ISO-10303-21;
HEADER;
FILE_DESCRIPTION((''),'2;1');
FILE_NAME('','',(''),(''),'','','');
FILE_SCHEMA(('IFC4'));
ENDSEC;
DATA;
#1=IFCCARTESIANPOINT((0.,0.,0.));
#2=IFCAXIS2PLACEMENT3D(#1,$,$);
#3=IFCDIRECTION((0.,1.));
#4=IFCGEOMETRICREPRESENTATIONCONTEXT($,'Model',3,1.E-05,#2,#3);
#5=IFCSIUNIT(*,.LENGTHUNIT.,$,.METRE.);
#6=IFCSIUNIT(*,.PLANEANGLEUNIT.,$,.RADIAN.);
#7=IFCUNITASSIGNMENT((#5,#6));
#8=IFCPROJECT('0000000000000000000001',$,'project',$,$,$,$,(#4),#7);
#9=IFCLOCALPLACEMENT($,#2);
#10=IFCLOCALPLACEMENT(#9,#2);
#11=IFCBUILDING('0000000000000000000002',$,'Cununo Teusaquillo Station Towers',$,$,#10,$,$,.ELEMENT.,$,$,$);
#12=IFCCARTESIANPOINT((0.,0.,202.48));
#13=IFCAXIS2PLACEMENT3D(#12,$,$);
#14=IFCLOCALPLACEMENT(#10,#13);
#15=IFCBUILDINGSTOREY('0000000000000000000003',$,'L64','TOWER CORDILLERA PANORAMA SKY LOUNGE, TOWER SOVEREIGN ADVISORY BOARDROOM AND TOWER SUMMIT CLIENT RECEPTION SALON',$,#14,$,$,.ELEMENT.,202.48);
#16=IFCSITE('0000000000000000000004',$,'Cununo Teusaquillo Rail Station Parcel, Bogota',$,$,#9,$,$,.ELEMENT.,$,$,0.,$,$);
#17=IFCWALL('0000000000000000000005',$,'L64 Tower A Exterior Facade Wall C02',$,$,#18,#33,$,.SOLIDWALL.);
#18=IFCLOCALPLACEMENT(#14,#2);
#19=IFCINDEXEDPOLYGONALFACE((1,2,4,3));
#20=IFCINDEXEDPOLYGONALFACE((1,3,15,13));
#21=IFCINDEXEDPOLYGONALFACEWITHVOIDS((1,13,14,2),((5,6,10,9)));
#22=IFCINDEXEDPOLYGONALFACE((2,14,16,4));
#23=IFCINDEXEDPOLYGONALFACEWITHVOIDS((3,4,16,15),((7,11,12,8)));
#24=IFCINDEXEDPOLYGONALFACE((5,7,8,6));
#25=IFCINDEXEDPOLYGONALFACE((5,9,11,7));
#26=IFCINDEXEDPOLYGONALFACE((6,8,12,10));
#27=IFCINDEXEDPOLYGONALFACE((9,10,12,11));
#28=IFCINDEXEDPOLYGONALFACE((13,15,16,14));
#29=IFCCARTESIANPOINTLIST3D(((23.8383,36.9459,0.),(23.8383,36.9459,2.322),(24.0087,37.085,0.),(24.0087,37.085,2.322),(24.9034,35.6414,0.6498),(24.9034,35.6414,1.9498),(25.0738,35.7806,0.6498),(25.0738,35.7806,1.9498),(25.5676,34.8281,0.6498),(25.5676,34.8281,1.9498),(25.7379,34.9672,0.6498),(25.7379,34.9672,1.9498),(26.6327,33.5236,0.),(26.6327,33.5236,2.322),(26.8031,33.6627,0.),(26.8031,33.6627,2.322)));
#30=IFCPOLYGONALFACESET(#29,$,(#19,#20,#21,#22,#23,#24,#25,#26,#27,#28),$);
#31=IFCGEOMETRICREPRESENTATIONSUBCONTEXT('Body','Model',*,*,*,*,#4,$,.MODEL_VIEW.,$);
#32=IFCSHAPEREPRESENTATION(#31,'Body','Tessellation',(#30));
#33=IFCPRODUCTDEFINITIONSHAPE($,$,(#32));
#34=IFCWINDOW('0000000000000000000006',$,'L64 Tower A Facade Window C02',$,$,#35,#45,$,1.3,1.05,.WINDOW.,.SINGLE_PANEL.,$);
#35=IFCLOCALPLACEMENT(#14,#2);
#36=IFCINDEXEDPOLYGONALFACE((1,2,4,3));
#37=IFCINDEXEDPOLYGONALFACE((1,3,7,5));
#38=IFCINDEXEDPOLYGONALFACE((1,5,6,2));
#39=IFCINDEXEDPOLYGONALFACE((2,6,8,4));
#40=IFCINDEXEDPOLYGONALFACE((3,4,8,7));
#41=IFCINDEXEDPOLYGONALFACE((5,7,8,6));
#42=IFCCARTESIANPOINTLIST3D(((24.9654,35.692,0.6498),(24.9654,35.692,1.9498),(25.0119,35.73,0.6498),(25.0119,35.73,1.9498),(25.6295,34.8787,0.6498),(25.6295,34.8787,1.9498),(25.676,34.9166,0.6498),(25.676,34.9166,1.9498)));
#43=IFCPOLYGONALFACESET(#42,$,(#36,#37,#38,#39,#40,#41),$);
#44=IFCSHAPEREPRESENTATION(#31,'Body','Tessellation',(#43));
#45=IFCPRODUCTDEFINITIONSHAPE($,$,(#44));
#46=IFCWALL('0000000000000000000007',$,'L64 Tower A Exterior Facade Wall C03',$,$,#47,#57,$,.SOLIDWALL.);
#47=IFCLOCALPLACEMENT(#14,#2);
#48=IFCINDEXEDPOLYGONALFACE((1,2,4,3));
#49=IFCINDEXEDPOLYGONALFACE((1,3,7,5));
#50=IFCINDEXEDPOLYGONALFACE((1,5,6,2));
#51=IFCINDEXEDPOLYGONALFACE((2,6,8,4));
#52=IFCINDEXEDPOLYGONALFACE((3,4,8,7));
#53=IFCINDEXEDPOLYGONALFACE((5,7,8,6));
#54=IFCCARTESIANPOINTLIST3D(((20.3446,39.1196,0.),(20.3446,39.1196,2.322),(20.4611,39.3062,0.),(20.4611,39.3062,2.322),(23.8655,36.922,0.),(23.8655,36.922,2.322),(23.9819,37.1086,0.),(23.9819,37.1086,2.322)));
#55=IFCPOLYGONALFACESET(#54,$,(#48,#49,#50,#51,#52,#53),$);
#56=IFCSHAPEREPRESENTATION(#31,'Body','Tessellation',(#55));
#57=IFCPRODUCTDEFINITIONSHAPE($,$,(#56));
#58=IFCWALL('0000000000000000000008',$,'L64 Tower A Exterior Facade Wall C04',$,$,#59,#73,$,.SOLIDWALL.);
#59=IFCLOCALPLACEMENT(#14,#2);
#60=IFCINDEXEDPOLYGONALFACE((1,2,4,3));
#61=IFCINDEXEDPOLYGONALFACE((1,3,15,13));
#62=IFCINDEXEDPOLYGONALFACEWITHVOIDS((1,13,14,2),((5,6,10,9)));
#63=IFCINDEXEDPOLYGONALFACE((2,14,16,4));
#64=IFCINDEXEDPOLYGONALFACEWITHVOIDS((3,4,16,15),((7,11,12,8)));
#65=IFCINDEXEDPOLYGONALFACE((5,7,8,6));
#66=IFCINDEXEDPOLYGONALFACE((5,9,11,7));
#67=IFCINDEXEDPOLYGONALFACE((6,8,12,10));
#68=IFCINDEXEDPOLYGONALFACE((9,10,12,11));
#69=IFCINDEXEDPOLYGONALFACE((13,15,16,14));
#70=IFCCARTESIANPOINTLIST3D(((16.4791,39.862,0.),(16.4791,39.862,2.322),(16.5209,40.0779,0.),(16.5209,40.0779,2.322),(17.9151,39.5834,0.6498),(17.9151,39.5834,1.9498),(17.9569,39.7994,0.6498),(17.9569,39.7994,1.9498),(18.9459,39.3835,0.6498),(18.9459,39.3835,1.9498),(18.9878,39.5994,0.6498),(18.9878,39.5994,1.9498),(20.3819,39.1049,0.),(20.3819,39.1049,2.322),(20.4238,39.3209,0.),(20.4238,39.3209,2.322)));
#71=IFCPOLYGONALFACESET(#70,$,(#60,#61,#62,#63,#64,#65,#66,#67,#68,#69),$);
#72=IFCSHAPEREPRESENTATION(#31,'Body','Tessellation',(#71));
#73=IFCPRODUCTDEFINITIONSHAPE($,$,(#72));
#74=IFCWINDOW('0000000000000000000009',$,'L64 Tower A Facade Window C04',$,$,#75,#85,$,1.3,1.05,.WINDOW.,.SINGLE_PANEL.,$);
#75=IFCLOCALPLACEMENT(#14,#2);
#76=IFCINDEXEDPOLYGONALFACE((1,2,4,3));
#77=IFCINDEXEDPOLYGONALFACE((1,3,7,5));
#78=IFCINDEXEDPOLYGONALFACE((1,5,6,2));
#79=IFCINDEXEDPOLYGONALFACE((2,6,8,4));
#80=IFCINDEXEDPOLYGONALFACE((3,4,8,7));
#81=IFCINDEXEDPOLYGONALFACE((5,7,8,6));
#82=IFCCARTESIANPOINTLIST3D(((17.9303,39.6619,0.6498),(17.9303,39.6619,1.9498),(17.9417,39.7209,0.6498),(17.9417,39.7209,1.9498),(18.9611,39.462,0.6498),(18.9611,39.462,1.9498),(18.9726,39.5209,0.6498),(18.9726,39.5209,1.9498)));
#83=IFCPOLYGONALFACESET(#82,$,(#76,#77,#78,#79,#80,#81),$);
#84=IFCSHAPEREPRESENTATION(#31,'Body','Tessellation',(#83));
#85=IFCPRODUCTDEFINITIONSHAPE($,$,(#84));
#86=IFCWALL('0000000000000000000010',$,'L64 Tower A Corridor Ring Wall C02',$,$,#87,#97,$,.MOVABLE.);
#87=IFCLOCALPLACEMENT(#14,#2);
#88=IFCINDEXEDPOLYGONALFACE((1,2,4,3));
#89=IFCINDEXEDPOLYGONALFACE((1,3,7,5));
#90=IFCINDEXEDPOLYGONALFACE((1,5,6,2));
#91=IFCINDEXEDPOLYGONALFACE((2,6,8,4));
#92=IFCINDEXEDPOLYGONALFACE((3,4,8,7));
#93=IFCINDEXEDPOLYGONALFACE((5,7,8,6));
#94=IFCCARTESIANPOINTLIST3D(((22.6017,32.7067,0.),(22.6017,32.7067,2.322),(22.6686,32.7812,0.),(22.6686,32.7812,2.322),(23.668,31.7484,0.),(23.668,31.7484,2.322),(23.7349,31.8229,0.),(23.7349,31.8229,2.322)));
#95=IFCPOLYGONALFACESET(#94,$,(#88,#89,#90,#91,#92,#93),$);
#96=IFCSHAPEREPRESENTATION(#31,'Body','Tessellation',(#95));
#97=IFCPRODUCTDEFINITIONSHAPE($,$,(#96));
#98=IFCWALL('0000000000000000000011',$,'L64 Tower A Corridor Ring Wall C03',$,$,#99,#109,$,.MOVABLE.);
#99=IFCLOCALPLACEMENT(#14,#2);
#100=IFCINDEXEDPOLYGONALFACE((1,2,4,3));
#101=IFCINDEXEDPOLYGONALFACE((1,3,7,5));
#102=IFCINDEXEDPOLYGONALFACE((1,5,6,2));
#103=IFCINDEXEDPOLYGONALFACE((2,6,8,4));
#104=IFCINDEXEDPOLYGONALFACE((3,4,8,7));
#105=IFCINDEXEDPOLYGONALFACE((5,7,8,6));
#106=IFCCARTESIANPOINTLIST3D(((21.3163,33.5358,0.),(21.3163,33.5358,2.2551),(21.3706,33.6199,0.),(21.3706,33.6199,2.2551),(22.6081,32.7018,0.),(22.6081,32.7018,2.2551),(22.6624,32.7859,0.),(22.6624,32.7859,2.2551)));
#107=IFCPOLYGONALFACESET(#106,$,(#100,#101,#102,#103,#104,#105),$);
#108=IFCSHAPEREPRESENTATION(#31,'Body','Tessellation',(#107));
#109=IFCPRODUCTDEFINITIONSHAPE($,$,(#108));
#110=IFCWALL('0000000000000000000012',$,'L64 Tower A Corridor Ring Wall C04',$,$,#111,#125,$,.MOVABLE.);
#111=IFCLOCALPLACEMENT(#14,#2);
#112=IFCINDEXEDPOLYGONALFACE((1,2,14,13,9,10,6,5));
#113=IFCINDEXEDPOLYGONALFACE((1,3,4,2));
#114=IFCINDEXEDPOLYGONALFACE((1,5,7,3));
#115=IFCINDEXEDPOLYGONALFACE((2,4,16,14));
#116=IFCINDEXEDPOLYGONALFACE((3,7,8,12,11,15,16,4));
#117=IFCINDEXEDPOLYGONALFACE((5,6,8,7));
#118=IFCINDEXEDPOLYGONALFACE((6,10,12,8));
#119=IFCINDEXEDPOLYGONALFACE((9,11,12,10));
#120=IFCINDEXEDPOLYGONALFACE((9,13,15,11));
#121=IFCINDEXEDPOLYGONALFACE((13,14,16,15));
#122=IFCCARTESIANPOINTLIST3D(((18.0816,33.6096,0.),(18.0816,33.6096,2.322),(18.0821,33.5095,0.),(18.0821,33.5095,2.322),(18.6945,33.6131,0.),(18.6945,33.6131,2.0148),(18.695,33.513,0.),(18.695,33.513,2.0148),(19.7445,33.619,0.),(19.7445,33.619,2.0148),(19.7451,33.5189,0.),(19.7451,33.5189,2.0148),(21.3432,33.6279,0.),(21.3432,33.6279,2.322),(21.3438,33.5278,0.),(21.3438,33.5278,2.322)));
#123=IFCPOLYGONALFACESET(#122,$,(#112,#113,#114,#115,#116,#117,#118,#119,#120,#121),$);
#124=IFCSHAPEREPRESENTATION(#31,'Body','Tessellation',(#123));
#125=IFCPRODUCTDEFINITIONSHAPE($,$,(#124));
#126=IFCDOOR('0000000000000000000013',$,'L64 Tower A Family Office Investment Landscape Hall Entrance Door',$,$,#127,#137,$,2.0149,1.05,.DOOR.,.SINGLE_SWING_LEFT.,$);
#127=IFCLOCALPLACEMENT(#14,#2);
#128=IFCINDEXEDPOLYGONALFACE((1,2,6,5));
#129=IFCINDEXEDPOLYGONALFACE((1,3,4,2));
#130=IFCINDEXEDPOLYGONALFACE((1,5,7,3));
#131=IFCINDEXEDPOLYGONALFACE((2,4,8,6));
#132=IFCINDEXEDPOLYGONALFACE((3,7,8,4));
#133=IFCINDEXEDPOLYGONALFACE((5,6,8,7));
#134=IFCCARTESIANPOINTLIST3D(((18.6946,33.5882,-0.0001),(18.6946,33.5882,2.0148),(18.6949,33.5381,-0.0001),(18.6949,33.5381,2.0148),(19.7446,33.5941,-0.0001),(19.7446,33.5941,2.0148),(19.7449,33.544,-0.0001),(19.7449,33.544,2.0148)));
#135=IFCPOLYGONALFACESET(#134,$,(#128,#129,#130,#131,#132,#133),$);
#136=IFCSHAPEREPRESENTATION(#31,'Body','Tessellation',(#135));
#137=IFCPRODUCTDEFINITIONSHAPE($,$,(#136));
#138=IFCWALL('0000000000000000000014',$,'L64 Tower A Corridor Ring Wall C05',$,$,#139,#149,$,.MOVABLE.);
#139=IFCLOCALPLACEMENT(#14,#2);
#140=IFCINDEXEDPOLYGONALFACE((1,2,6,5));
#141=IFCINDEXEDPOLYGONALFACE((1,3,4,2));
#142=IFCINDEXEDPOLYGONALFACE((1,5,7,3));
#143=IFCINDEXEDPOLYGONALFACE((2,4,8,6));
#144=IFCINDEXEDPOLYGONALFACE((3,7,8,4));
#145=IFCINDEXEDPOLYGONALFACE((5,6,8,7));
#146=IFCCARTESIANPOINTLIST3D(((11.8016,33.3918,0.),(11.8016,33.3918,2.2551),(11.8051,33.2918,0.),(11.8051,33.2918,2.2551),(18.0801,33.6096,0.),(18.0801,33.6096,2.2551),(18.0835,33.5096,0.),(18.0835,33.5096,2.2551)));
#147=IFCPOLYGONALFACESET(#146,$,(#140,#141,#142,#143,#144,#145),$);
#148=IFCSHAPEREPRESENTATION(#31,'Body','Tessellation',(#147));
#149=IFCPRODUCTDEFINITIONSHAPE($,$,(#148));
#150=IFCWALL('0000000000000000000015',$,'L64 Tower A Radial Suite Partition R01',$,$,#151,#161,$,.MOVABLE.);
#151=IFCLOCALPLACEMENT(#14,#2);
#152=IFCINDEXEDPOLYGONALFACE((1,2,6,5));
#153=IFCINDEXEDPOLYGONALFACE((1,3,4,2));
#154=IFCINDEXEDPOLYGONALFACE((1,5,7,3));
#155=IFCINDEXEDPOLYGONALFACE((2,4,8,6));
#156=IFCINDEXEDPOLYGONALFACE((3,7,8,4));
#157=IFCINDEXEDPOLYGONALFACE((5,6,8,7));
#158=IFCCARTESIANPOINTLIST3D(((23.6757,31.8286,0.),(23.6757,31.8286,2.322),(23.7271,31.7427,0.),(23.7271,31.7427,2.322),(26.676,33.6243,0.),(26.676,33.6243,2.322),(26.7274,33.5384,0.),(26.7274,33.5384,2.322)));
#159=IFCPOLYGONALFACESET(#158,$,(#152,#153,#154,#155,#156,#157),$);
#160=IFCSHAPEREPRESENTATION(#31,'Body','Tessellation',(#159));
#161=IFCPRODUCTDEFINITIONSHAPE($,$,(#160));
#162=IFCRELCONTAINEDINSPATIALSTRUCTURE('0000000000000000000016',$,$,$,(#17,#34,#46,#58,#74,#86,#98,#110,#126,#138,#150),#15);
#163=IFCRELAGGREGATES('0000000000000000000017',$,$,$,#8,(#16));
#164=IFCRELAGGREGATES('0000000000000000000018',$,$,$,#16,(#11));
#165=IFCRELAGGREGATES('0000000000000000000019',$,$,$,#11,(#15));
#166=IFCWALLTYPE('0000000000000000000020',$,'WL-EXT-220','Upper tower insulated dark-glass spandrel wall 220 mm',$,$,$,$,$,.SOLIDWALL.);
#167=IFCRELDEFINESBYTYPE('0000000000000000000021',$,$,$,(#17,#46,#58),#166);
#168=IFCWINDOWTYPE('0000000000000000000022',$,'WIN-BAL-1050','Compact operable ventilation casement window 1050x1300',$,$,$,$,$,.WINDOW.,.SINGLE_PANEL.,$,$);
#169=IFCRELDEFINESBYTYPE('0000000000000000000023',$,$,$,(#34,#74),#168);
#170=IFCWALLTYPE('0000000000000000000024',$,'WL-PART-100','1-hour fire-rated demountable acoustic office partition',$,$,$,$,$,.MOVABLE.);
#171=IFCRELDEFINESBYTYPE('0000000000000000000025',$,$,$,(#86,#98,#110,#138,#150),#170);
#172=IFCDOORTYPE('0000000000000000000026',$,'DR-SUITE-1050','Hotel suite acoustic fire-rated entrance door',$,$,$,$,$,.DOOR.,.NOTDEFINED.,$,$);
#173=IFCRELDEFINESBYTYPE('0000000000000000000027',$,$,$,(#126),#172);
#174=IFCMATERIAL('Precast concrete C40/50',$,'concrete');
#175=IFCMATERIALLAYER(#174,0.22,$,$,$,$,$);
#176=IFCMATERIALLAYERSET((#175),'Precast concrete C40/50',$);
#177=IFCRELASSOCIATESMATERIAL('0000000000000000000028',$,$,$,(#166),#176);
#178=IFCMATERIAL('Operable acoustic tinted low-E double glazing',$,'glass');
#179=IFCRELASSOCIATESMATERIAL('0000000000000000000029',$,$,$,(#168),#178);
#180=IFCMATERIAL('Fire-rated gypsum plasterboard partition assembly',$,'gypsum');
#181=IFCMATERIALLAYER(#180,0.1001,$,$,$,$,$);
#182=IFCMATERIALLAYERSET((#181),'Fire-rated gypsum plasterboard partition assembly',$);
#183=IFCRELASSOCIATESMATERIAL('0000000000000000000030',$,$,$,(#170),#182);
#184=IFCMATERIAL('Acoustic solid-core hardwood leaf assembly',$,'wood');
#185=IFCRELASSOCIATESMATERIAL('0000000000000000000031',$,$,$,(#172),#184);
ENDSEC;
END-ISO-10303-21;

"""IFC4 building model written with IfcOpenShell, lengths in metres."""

from ifc_helpers import new_model, si_unit, direction, frame, frame_2d, origin, place, context, subcontext, project, spatial, rectangle, extrude, source, transform, mapped, material, layer, layer_set, type_object, element, fill, save


model = new_model("IFC4")

# Units and contexts
model_context = context("Model", 3, precision=1e-05, world=origin(), true_north=direction((0.0, 1.0)))
body_context = subcontext(model_context, "Body", "Model", "MODEL_VIEW")
ifc_project = project(units=[si_unit("LENGTHUNIT", "METRE"), si_unit("PLANEANGLEUNIT", "RADIAN")], contexts=[model_context])

# Site, building, storey
site_placement = place(None, origin())
site = spatial("IfcSite", under=ifc_project, at=site_placement, Name="Cununo Teusaquillo Rail Station Parcel, Bogota", CompositionType="ELEMENT", RefElevation=0.0)
building_placement = place(site_placement, origin())
building = spatial("IfcBuilding", under=site, at=building_placement, Name="Cununo Teusaquillo Station Towers", CompositionType="ELEMENT")
storey_placement = place(building_placement, frame((0.0, 0.0, 202.48)))
storey = spatial("IfcBuildingStorey", under=building, at=storey_placement, Name="L64", Description="TOWER CORDILLERA PANORAMA SKY LOUNGE, TOWER SOVEREIGN ADVISORY BOARDROOM AND TOWER SUMMIT CLIENT RECEPTION SALON", CompositionType="ELEMENT", Elevation=202.48)

# Shared definitions
ifc_material_1 = material(Name="Precast concrete C40/50", Category="concrete")
ifc_layer_1 = layer(ifc_material_1, 0.22)
ifc_layer_set_1 = layer_set([ifc_layer_1], Name="Precast concrete C40/50")
wall_type_1 = type_object("IfcWallType", Name="WL-EXT-220", Description="Upper tower insulated dark-glass spandrel wall 220 mm", PredefinedType="SOLIDWALL", material=ifc_layer_set_1)

# Wall, opening, window
wall_1_placement = place(storey_placement, frame((23.9236, 37.0154, 0.0), z_axis=(0.0, 0.0, 1.0), x_axis=(0.632467, -0.774587, 0.0)))
wall_1 = element("IfcWall", 1, at=wall_1_placement, inside=storey, type_object=wall_type_1, Name="L64 Tower A Exterior Facade Wall C02", PredefinedType="SOLIDWALL", context=body_context, shape_type="SweptSolid", body=[
    extrude(rectangle(XDim=4.4182, YDim=0.22, at=frame_2d((2.209, 0.0))), origin(), (0.0, 0.0, 1.0), 2.322),
])
shared_shape_1 = source(origin(), body_context, "Body", "SweptSolid", [
    extrude(rectangle(XDim=1.05, YDim=1.3, at=frame_2d((0.5249, 0.6499))), frame((0.0, 0.1199, 0.0), z_axis=(0.0, -1.0, 0.0), x_axis=(1.0, 0.0, 0.0)), (0.0, 0.0, 1.0), 0.24),
])
opening_1_placement = place(wall_1_placement, frame((1.6841, 0.0, 0.6499)))
opening_1 = element("IfcOpeningElement", 2, at=opening_1_placement, cuts=wall_1, PredefinedType="OPENING", context=body_context, shape_type="MappedRepresentation", body=[
    mapped(shared_shape_1, transform((0.0, 0.0, 0.0), x_axis=(1.0, 0.0, 0.0), y_axis=(0.0, 1.0, 0.0), z_axis=(0.0, 0.0, 1.0), scale=1.0)),
])
ifc_material_2 = material(Name="Operable acoustic tinted low-E double glazing", Category="glass")
window_type = type_object("IfcWindowType", Name="WIN-BAL-1050", Description="Compact operable ventilation casement window 1050x1300", PartitioningType="SINGLE_PANEL", PredefinedType="WINDOW", material=ifc_material_2)
shared_shape_2 = source(origin(), body_context, "Body", "SweptSolid", [
    extrude(rectangle(XDim=1.05, YDim=1.3, at=frame_2d((0.5249, 0.6499))), frame((0.0, 0.03, 0.0), z_axis=(0.0, -1.0, 0.0), x_axis=(1.0, 0.0, 0.0)), (0.0, 0.0, 1.0), 0.0601),
])
window_1_placement = place(opening_1_placement, origin())
window_1 = element("IfcWindow", 3, at=window_1_placement, inside=storey, type_object=window_type, Name="L64 Tower A Facade Window C02", OverallHeight=1.3, OverallWidth=1.05, PartitioningType="SINGLE_PANEL", PredefinedType="WINDOW", context=body_context, shape_type="MappedRepresentation", body=[
    mapped(shared_shape_2, transform((0.0, 0.0, 0.0), x_axis=(1.0, 0.0, 0.0), y_axis=(0.0, 1.0, 0.0), z_axis=(0.0, 0.0, 1.0), scale=1.0)),
])
fill(opening_1, window_1)

# Wall
wall_2_placement = place(storey_placement, frame((20.4028, 39.2129, 0.0), z_axis=(0.0, 0.0, 1.0), x_axis=(0.848319, -0.529486, 0.0)))
element("IfcWall", 4, at=wall_2_placement, inside=storey, type_object=wall_type_1, Name="L64 Tower A Exterior Facade Wall C03", PredefinedType="SOLIDWALL", context=body_context, shape_type="SweptSolid", body=[
    extrude(rectangle(XDim=4.1504, YDim=0.22, at=frame_2d((2.0752, 0.0))), origin(), (0.0, 0.0, 1.0), 2.322),
])

# Wall, opening, window
wall_3_placement = place(storey_placement, frame((16.5, 39.97, 0.0), z_axis=(0.0, 0.0, 1.0), x_axis=(0.9817, -0.190432, 0.0)))
wall_3 = element("IfcWall", 5, at=wall_3_placement, inside=storey, type_object=wall_type_1, Name="L64 Tower A Exterior Facade Wall C04", PredefinedType="SOLIDWALL", context=body_context, shape_type="SweptSolid", body=[
    extrude(rectangle(XDim=3.9756, YDim=0.22, at=frame_2d((1.9878, 0.0))), origin(), (0.0, 0.0, 1.0), 2.322),
])
opening_2_placement = place(wall_3_placement, frame((1.4629, 0.0, 0.6499)))
opening_2 = element("IfcOpeningElement", 6, at=opening_2_placement, cuts=wall_3, PredefinedType="OPENING", context=body_context, shape_type="MappedRepresentation", body=[
    mapped(shared_shape_1, transform((0.0, 0.0, 0.0), x_axis=(1.0, 0.0, 0.0), y_axis=(0.0, 1.0, 0.0), z_axis=(0.0, 0.0, 1.0), scale=1.0)),
])
window_2_placement = place(opening_2_placement, origin())
window_2 = element("IfcWindow", 7, at=window_2_placement, inside=storey, type_object=window_type, Name="L64 Tower A Facade Window C04", OverallHeight=1.3, OverallWidth=1.05, PartitioningType="SINGLE_PANEL", PredefinedType="WINDOW", context=body_context, shape_type="MappedRepresentation", body=[
    mapped(shared_shape_2, transform((0.0, 0.0, 0.0), x_axis=(1.0, 0.0, 0.0), y_axis=(0.0, 1.0, 0.0), z_axis=(0.0, 0.0, 1.0), scale=1.0)),
])
fill(opening_2, window_2)

# Walls
ifc_material_3 = material(Name="Fire-rated gypsum plasterboard partition assembly", Category="gypsum")
ifc_layer_2 = layer(ifc_material_3, 0.1001)
ifc_layer_set_2 = layer_set([ifc_layer_2], Name="Fire-rated gypsum plasterboard partition assembly")
wall_type_2 = type_object("IfcWallType", Name="WL-PART-100", Description="1-hour fire-rated demountable acoustic office partition", PredefinedType="MOVABLE", material=ifc_layer_set_2)
wall_4_placement = place(storey_placement, frame((23.7014, 31.7856, 0.0), z_axis=(0.0, 0.0, 1.0), x_axis=(-0.743743, 0.668466, 0.0)))
element("IfcWall", 8, at=wall_4_placement, inside=storey, type_object=wall_type_2, Name="L64 Tower A Corridor Ring Wall C02", PredefinedType="MOVABLE", context=body_context, shape_type="SweptSolid", body=[
    extrude(rectangle(XDim=1.4336, YDim=0.1001, at=frame_2d((0.7168, 0.0))), origin(), (0.0, 0.0, 1.0), 2.322),
])
wall_5_placement = place(storey_placement, frame((22.6353, 32.7439, 0.0), z_axis=(0.0, 0.0, 1.0), x_axis=(-0.840119, 0.542402, 0.0)))
element("IfcWall", 9, at=wall_5_placement, inside=storey, type_object=wall_type_2, Name="L64 Tower A Corridor Ring Wall C03", PredefinedType="MOVABLE", context=body_context, shape_type="SweptSolid", body=[
    extrude(rectangle(XDim=1.5376, YDim=0.1001, at=frame_2d((0.7688, 0.0))), origin(), (0.0, 0.0, 1.0), 2.2551),
])

# Wall, opening, door
wall_6_placement = place(storey_placement, frame((21.3435, 33.5779, 0.0), z_axis=(0.0, 0.0, 1.0), x_axis=(-0.999984, -0.005614, 0.0)))
wall_6 = element("IfcWall", 10, at=wall_6_placement, inside=storey, type_object=wall_type_2, Name="L64 Tower A Corridor Ring Wall C04", PredefinedType="MOVABLE", context=body_context, shape_type="SweptSolid", body=[
    extrude(rectangle(XDim=3.2617, YDim=0.1001, at=frame_2d((1.6309, 0.0))), origin(), (0.0, 0.0, 1.0), 2.322),
])
shared_shape_3 = source(origin(), body_context, "Body", "SweptSolid", [
    extrude(rectangle(XDim=1.05, YDim=2.0149, at=frame_2d((0.5249, 1.0073))), frame((0.0, 0.0601, 0.0), z_axis=(0.0, -1.0, 0.0), x_axis=(1.0, 0.0, 0.0)), (0.0, 0.0, 1.0), 0.1201),
])
opening_3_placement = place(wall_6_placement, frame((1.5989, 0.0, 0.0)))
opening_3 = element("IfcOpeningElement", 11, at=opening_3_placement, cuts=wall_6, PredefinedType="OPENING", context=body_context, shape_type="MappedRepresentation", body=[
    mapped(shared_shape_3, transform((0.0, 0.0, 0.0), x_axis=(1.0, 0.0, 0.0), y_axis=(0.0, 1.0, 0.0), z_axis=(0.0, 0.0, 1.0), scale=1.0)),
])
ifc_material_4 = material(Name="Acoustic solid-core hardwood leaf assembly", Category="wood")
door_type = type_object("IfcDoorType", Name="DR-SUITE-1050", Description="Hotel suite acoustic fire-rated entrance door", OperationType="NOTDEFINED", PredefinedType="DOOR", material=ifc_material_4)
shared_shape_4 = source(origin(), body_context, "Body", "SweptSolid", [
    extrude(rectangle(XDim=1.05, YDim=2.0149, at=frame_2d((0.5249, 1.0073))), frame((0.0, 0.0249, 0.0), z_axis=(0.0, -1.0, 0.0), x_axis=(1.0, 0.0, 0.0)), (0.0, 0.0, 1.0), 0.05),
])
door_placement = place(opening_3_placement, origin())
door = element("IfcDoor", 12, at=door_placement, inside=storey, type_object=door_type, Name="L64 Tower A Family Office Investment Landscape Hall Entrance Door", OperationType="SINGLE_SWING_LEFT", OverallHeight=2.0149, OverallWidth=1.05, PredefinedType="DOOR", context=body_context, shape_type="MappedRepresentation", body=[
    mapped(shared_shape_4, transform((0.0, 0.0, 0.0), x_axis=(1.0, 0.0, 0.0), y_axis=(0.0, 1.0, 0.0), z_axis=(0.0, 0.0, 1.0), scale=1.0)),
])
fill(opening_3, door)

# Walls
wall_7_placement = place(storey_placement, frame((18.0818, 33.5596, 0.0), z_axis=(0.0, 0.0, 1.0), x_axis=(-0.999399, -0.034664, 0.0)))
element("IfcWall", 13, at=wall_7_placement, inside=storey, type_object=wall_type_2, Name="L64 Tower A Corridor Ring Wall C05", PredefinedType="MOVABLE", context=body_context, shape_type="SweptSolid", body=[
    extrude(rectangle(XDim=6.2822, YDim=0.1001, at=frame_2d((3.1411, 0.0))), origin(), (0.0, 0.0, 1.0), 2.2551),
])
wall_8_placement = place(storey_placement, frame((23.7014, 31.7856, 0.0), z_axis=(0.0, 0.0, 1.0), x_axis=(0.858059, 0.513551, 0.0)))
element("IfcWall", 14, at=wall_8_placement, inside=storey, type_object=wall_type_2, Name="L64 Tower A Radial Suite Partition R01", PredefinedType="MOVABLE", context=body_context, shape_type="SweptSolid", body=[
    extrude(rectangle(XDim=3.4966, YDim=0.1001, at=frame_2d((1.7483, 0.0))), origin(), (0.0, 0.0, 1.0), 2.322),
])

save(model, "model.ifc")
